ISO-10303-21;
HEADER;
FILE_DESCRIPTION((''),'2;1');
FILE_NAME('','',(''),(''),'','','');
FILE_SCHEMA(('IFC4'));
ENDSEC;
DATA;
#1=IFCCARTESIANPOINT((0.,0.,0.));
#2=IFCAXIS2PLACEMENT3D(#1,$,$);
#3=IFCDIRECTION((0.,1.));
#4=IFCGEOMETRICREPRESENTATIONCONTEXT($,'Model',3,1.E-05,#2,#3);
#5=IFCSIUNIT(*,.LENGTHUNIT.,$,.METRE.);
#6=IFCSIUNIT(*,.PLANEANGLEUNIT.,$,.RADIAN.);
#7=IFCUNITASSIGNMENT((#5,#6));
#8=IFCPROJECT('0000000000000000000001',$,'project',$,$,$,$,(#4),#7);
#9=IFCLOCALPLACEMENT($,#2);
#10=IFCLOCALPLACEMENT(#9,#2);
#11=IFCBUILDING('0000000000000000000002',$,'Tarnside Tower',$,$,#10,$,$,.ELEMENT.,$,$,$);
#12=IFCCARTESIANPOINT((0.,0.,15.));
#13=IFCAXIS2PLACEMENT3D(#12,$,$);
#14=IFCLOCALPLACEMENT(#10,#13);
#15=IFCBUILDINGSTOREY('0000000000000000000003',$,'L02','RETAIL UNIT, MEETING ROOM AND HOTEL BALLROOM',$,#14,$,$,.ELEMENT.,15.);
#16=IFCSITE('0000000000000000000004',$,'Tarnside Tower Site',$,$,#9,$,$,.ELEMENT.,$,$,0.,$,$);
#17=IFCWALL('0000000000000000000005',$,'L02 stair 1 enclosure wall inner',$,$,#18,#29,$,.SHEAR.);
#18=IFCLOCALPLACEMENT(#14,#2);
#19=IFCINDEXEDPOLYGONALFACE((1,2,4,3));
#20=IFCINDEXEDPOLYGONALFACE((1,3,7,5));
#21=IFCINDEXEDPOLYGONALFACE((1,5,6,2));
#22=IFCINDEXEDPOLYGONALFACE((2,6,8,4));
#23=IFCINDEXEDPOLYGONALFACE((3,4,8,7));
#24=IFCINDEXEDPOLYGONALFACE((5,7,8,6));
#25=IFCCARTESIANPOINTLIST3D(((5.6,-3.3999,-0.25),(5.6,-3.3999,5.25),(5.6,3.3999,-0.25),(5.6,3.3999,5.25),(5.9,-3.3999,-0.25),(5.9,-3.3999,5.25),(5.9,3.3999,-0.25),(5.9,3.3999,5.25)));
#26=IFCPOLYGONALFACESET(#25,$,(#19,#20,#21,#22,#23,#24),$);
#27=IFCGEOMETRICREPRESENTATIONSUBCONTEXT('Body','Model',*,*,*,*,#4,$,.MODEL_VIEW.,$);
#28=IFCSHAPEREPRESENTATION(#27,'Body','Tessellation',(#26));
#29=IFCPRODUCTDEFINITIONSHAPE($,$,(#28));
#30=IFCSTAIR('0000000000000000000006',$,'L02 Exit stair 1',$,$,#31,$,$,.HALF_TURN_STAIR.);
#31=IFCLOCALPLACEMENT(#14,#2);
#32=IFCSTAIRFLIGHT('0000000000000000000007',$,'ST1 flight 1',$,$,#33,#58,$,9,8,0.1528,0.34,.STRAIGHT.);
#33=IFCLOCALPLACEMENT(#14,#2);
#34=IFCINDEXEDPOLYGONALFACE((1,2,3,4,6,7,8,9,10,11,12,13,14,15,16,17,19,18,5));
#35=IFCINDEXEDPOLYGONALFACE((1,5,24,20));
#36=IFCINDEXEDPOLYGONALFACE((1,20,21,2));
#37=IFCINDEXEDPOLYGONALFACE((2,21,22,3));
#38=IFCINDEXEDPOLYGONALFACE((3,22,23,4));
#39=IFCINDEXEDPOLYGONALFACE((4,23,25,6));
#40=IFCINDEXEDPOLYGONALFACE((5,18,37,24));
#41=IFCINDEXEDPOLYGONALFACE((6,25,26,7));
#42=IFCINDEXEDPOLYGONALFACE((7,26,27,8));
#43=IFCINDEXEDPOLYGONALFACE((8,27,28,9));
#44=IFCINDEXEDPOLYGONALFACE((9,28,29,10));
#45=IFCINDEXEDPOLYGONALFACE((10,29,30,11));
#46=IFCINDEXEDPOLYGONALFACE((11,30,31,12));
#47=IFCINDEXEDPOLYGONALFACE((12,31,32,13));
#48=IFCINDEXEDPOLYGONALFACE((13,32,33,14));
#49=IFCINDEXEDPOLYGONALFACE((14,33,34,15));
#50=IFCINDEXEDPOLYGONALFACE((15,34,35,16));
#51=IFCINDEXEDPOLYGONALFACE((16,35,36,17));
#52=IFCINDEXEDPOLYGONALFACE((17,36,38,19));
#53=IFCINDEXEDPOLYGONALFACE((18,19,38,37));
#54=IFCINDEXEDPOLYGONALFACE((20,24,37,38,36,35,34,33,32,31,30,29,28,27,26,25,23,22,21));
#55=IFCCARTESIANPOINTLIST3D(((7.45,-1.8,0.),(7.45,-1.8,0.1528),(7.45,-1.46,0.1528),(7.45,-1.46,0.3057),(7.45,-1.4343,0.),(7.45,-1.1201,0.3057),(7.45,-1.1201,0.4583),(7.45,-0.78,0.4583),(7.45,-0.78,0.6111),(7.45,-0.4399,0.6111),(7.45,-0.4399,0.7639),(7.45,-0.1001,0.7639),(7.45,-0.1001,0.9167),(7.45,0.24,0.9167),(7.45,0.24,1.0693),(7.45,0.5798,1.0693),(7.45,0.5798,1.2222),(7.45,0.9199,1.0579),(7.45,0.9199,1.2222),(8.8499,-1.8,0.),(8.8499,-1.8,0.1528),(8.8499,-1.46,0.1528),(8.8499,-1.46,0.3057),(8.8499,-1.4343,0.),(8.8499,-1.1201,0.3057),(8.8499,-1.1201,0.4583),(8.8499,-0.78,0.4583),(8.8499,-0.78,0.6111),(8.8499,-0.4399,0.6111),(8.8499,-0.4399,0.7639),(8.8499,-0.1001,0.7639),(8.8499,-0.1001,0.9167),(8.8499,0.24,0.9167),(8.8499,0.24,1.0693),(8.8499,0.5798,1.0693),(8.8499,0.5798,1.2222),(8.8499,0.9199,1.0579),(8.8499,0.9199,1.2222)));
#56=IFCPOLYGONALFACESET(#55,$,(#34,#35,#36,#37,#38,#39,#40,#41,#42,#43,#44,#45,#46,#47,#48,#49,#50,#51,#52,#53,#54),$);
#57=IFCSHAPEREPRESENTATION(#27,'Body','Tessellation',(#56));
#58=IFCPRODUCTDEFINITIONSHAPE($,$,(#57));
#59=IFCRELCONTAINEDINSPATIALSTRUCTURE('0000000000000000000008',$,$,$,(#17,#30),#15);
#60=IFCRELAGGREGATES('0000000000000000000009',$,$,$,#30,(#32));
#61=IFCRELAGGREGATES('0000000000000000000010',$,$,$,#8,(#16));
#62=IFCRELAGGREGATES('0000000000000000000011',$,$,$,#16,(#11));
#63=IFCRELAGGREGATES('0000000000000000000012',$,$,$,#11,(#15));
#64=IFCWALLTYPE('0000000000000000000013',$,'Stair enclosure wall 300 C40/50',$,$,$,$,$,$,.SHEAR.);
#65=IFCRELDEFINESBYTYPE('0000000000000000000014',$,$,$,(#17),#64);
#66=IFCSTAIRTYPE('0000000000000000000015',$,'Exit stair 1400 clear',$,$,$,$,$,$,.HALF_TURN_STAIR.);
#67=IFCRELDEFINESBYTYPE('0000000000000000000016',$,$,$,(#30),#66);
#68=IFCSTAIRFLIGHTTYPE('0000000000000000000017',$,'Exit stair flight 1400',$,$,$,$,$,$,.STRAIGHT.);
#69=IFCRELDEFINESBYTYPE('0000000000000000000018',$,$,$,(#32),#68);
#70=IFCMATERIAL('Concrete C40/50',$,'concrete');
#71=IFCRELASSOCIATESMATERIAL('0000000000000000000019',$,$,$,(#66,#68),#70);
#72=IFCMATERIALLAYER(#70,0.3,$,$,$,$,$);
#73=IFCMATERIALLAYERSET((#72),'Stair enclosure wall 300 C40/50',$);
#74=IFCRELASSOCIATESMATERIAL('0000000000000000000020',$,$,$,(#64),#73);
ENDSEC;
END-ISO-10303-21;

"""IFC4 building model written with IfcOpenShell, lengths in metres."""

from ifc_helpers import new_model, si_unit, direction, frame, frame_2d, origin, place, context, subcontext, project, spatial, polyline, rectangle, outline, extrude, material, layer, layer_set, type_object, element, aggregate, save


model = new_model("IFC4")

# Units and contexts
model_context = context("Model", 3, precision=1e-05, world=origin(), true_north=direction((0.0, 1.0)))
body_context = subcontext(model_context, "Body", "Model", "MODEL_VIEW")
ifc_project = project(units=[si_unit("LENGTHUNIT", "METRE"), si_unit("PLANEANGLEUNIT", "RADIAN")], contexts=[model_context])

# Site, building, storey
site_placement = place(None, origin())
site = spatial("IfcSite", under=ifc_project, at=site_placement, Name="Tarnside Tower Site", CompositionType="ELEMENT", RefElevation=0.0)
building_placement = place(site_placement, origin())
building = spatial("IfcBuilding", under=site, at=building_placement, Name="Tarnside Tower", CompositionType="ELEMENT")
storey_placement = place(building_placement, frame((0.0, 0.0, 15.0)))
storey = spatial("IfcBuildingStorey", under=building, at=storey_placement, Name="L02", Description="RETAIL UNIT, MEETING ROOM AND HOTEL BALLROOM", CompositionType="ELEMENT", Elevation=15.0)

# Shared definitions
ifc_material_1 = material(Name="Concrete C40/50", Category="concrete")

# Shared definitions
stair_type = type_object("IfcStairType", Name="Exit stair 1400 clear", PredefinedType="HALF_TURN_STAIR", material=ifc_material_1)

# Wall
ifc_layer_1 = layer(ifc_material_1, 0.3)
ifc_layer_set_1 = layer_set([ifc_layer_1], Name="Stair enclosure wall 300 C40/50")
wall_type_1 = type_object("IfcWallType", Name="Stair enclosure wall 300 C40/50", PredefinedType="SHEAR", material=ifc_layer_set_1)
wall_1_placement = place(storey_placement, frame((5.75, -3.3999, -0.25), z_axis=(0.0, 0.0, 1.0), x_axis=(0.0, 1.0, 0.0)))
element("IfcWall", 1, at=wall_1_placement, inside=storey, type_object=wall_type_1, Name="L02 stair 1 enclosure wall inner", PredefinedType="SHEAR", context=body_context, shape_type="SweptSolid", body=[
    extrude(rectangle(XDim=6.7998, YDim=0.3, at=frame_2d((3.3999, 0.0))), origin(), (0.0, 0.0, 1.0), 5.5),
])

# Stair, stair flight
stair_1_placement = place(storey_placement, origin())
stair_1 = element("IfcStair", 2, at=stair_1_placement, inside=storey, type_object=stair_type, Name="L02 Exit stair 1", PredefinedType="HALF_TURN_STAIR")
stair_flight_type = type_object("IfcStairFlightType", Name="Exit stair flight 1400", PredefinedType="STRAIGHT", material=ifc_material_1)
stair_flight_placement = place(storey_placement, frame((8.1499, -1.8, 0.0), z_axis=(0.0, 0.0, 1.0), x_axis=(0.0, 1.0, 0.0)))
stair_flight = element("IfcStairFlight", 3, at=stair_flight_placement, type_object=stair_flight_type, Name="ST1 flight 1", NumberOfRisers=9, NumberOfTreads=8, PredefinedType="STRAIGHT", RiserHeight=0.1528, TreadLength=0.34, context=body_context, shape_type="SweptSolid", body=[
    extrude(outline(polyline([(0.0, 0.0), (0.0, 0.1528), (0.3401, 0.1528), (0.3401, 0.3057), (0.6799, 0.3057), (0.6799, 0.4583), (1.02, 0.4583), (1.02, 0.6111), (1.3601, 0.6111), (1.3601, 0.7639), (1.7, 0.7639), (1.7, 0.9167), (2.04, 0.9167), (2.04, 1.0693), (2.3799, 1.0693), (2.3799, 1.2222), (2.72, 1.2222), (2.72, 1.375), (2.72, 1.0579), (0.3657, 0.0), (0.0, 0.0)])), frame((0.0, 0.7, 0.0), z_axis=(0.0, -1.0, 0.0), x_axis=(1.0, 0.0, 0.0)), (0.0, 0.0, 1.0), 1.3999),
])
aggregate(stair_1, [stair_flight])

save(model, "model.ifc")
